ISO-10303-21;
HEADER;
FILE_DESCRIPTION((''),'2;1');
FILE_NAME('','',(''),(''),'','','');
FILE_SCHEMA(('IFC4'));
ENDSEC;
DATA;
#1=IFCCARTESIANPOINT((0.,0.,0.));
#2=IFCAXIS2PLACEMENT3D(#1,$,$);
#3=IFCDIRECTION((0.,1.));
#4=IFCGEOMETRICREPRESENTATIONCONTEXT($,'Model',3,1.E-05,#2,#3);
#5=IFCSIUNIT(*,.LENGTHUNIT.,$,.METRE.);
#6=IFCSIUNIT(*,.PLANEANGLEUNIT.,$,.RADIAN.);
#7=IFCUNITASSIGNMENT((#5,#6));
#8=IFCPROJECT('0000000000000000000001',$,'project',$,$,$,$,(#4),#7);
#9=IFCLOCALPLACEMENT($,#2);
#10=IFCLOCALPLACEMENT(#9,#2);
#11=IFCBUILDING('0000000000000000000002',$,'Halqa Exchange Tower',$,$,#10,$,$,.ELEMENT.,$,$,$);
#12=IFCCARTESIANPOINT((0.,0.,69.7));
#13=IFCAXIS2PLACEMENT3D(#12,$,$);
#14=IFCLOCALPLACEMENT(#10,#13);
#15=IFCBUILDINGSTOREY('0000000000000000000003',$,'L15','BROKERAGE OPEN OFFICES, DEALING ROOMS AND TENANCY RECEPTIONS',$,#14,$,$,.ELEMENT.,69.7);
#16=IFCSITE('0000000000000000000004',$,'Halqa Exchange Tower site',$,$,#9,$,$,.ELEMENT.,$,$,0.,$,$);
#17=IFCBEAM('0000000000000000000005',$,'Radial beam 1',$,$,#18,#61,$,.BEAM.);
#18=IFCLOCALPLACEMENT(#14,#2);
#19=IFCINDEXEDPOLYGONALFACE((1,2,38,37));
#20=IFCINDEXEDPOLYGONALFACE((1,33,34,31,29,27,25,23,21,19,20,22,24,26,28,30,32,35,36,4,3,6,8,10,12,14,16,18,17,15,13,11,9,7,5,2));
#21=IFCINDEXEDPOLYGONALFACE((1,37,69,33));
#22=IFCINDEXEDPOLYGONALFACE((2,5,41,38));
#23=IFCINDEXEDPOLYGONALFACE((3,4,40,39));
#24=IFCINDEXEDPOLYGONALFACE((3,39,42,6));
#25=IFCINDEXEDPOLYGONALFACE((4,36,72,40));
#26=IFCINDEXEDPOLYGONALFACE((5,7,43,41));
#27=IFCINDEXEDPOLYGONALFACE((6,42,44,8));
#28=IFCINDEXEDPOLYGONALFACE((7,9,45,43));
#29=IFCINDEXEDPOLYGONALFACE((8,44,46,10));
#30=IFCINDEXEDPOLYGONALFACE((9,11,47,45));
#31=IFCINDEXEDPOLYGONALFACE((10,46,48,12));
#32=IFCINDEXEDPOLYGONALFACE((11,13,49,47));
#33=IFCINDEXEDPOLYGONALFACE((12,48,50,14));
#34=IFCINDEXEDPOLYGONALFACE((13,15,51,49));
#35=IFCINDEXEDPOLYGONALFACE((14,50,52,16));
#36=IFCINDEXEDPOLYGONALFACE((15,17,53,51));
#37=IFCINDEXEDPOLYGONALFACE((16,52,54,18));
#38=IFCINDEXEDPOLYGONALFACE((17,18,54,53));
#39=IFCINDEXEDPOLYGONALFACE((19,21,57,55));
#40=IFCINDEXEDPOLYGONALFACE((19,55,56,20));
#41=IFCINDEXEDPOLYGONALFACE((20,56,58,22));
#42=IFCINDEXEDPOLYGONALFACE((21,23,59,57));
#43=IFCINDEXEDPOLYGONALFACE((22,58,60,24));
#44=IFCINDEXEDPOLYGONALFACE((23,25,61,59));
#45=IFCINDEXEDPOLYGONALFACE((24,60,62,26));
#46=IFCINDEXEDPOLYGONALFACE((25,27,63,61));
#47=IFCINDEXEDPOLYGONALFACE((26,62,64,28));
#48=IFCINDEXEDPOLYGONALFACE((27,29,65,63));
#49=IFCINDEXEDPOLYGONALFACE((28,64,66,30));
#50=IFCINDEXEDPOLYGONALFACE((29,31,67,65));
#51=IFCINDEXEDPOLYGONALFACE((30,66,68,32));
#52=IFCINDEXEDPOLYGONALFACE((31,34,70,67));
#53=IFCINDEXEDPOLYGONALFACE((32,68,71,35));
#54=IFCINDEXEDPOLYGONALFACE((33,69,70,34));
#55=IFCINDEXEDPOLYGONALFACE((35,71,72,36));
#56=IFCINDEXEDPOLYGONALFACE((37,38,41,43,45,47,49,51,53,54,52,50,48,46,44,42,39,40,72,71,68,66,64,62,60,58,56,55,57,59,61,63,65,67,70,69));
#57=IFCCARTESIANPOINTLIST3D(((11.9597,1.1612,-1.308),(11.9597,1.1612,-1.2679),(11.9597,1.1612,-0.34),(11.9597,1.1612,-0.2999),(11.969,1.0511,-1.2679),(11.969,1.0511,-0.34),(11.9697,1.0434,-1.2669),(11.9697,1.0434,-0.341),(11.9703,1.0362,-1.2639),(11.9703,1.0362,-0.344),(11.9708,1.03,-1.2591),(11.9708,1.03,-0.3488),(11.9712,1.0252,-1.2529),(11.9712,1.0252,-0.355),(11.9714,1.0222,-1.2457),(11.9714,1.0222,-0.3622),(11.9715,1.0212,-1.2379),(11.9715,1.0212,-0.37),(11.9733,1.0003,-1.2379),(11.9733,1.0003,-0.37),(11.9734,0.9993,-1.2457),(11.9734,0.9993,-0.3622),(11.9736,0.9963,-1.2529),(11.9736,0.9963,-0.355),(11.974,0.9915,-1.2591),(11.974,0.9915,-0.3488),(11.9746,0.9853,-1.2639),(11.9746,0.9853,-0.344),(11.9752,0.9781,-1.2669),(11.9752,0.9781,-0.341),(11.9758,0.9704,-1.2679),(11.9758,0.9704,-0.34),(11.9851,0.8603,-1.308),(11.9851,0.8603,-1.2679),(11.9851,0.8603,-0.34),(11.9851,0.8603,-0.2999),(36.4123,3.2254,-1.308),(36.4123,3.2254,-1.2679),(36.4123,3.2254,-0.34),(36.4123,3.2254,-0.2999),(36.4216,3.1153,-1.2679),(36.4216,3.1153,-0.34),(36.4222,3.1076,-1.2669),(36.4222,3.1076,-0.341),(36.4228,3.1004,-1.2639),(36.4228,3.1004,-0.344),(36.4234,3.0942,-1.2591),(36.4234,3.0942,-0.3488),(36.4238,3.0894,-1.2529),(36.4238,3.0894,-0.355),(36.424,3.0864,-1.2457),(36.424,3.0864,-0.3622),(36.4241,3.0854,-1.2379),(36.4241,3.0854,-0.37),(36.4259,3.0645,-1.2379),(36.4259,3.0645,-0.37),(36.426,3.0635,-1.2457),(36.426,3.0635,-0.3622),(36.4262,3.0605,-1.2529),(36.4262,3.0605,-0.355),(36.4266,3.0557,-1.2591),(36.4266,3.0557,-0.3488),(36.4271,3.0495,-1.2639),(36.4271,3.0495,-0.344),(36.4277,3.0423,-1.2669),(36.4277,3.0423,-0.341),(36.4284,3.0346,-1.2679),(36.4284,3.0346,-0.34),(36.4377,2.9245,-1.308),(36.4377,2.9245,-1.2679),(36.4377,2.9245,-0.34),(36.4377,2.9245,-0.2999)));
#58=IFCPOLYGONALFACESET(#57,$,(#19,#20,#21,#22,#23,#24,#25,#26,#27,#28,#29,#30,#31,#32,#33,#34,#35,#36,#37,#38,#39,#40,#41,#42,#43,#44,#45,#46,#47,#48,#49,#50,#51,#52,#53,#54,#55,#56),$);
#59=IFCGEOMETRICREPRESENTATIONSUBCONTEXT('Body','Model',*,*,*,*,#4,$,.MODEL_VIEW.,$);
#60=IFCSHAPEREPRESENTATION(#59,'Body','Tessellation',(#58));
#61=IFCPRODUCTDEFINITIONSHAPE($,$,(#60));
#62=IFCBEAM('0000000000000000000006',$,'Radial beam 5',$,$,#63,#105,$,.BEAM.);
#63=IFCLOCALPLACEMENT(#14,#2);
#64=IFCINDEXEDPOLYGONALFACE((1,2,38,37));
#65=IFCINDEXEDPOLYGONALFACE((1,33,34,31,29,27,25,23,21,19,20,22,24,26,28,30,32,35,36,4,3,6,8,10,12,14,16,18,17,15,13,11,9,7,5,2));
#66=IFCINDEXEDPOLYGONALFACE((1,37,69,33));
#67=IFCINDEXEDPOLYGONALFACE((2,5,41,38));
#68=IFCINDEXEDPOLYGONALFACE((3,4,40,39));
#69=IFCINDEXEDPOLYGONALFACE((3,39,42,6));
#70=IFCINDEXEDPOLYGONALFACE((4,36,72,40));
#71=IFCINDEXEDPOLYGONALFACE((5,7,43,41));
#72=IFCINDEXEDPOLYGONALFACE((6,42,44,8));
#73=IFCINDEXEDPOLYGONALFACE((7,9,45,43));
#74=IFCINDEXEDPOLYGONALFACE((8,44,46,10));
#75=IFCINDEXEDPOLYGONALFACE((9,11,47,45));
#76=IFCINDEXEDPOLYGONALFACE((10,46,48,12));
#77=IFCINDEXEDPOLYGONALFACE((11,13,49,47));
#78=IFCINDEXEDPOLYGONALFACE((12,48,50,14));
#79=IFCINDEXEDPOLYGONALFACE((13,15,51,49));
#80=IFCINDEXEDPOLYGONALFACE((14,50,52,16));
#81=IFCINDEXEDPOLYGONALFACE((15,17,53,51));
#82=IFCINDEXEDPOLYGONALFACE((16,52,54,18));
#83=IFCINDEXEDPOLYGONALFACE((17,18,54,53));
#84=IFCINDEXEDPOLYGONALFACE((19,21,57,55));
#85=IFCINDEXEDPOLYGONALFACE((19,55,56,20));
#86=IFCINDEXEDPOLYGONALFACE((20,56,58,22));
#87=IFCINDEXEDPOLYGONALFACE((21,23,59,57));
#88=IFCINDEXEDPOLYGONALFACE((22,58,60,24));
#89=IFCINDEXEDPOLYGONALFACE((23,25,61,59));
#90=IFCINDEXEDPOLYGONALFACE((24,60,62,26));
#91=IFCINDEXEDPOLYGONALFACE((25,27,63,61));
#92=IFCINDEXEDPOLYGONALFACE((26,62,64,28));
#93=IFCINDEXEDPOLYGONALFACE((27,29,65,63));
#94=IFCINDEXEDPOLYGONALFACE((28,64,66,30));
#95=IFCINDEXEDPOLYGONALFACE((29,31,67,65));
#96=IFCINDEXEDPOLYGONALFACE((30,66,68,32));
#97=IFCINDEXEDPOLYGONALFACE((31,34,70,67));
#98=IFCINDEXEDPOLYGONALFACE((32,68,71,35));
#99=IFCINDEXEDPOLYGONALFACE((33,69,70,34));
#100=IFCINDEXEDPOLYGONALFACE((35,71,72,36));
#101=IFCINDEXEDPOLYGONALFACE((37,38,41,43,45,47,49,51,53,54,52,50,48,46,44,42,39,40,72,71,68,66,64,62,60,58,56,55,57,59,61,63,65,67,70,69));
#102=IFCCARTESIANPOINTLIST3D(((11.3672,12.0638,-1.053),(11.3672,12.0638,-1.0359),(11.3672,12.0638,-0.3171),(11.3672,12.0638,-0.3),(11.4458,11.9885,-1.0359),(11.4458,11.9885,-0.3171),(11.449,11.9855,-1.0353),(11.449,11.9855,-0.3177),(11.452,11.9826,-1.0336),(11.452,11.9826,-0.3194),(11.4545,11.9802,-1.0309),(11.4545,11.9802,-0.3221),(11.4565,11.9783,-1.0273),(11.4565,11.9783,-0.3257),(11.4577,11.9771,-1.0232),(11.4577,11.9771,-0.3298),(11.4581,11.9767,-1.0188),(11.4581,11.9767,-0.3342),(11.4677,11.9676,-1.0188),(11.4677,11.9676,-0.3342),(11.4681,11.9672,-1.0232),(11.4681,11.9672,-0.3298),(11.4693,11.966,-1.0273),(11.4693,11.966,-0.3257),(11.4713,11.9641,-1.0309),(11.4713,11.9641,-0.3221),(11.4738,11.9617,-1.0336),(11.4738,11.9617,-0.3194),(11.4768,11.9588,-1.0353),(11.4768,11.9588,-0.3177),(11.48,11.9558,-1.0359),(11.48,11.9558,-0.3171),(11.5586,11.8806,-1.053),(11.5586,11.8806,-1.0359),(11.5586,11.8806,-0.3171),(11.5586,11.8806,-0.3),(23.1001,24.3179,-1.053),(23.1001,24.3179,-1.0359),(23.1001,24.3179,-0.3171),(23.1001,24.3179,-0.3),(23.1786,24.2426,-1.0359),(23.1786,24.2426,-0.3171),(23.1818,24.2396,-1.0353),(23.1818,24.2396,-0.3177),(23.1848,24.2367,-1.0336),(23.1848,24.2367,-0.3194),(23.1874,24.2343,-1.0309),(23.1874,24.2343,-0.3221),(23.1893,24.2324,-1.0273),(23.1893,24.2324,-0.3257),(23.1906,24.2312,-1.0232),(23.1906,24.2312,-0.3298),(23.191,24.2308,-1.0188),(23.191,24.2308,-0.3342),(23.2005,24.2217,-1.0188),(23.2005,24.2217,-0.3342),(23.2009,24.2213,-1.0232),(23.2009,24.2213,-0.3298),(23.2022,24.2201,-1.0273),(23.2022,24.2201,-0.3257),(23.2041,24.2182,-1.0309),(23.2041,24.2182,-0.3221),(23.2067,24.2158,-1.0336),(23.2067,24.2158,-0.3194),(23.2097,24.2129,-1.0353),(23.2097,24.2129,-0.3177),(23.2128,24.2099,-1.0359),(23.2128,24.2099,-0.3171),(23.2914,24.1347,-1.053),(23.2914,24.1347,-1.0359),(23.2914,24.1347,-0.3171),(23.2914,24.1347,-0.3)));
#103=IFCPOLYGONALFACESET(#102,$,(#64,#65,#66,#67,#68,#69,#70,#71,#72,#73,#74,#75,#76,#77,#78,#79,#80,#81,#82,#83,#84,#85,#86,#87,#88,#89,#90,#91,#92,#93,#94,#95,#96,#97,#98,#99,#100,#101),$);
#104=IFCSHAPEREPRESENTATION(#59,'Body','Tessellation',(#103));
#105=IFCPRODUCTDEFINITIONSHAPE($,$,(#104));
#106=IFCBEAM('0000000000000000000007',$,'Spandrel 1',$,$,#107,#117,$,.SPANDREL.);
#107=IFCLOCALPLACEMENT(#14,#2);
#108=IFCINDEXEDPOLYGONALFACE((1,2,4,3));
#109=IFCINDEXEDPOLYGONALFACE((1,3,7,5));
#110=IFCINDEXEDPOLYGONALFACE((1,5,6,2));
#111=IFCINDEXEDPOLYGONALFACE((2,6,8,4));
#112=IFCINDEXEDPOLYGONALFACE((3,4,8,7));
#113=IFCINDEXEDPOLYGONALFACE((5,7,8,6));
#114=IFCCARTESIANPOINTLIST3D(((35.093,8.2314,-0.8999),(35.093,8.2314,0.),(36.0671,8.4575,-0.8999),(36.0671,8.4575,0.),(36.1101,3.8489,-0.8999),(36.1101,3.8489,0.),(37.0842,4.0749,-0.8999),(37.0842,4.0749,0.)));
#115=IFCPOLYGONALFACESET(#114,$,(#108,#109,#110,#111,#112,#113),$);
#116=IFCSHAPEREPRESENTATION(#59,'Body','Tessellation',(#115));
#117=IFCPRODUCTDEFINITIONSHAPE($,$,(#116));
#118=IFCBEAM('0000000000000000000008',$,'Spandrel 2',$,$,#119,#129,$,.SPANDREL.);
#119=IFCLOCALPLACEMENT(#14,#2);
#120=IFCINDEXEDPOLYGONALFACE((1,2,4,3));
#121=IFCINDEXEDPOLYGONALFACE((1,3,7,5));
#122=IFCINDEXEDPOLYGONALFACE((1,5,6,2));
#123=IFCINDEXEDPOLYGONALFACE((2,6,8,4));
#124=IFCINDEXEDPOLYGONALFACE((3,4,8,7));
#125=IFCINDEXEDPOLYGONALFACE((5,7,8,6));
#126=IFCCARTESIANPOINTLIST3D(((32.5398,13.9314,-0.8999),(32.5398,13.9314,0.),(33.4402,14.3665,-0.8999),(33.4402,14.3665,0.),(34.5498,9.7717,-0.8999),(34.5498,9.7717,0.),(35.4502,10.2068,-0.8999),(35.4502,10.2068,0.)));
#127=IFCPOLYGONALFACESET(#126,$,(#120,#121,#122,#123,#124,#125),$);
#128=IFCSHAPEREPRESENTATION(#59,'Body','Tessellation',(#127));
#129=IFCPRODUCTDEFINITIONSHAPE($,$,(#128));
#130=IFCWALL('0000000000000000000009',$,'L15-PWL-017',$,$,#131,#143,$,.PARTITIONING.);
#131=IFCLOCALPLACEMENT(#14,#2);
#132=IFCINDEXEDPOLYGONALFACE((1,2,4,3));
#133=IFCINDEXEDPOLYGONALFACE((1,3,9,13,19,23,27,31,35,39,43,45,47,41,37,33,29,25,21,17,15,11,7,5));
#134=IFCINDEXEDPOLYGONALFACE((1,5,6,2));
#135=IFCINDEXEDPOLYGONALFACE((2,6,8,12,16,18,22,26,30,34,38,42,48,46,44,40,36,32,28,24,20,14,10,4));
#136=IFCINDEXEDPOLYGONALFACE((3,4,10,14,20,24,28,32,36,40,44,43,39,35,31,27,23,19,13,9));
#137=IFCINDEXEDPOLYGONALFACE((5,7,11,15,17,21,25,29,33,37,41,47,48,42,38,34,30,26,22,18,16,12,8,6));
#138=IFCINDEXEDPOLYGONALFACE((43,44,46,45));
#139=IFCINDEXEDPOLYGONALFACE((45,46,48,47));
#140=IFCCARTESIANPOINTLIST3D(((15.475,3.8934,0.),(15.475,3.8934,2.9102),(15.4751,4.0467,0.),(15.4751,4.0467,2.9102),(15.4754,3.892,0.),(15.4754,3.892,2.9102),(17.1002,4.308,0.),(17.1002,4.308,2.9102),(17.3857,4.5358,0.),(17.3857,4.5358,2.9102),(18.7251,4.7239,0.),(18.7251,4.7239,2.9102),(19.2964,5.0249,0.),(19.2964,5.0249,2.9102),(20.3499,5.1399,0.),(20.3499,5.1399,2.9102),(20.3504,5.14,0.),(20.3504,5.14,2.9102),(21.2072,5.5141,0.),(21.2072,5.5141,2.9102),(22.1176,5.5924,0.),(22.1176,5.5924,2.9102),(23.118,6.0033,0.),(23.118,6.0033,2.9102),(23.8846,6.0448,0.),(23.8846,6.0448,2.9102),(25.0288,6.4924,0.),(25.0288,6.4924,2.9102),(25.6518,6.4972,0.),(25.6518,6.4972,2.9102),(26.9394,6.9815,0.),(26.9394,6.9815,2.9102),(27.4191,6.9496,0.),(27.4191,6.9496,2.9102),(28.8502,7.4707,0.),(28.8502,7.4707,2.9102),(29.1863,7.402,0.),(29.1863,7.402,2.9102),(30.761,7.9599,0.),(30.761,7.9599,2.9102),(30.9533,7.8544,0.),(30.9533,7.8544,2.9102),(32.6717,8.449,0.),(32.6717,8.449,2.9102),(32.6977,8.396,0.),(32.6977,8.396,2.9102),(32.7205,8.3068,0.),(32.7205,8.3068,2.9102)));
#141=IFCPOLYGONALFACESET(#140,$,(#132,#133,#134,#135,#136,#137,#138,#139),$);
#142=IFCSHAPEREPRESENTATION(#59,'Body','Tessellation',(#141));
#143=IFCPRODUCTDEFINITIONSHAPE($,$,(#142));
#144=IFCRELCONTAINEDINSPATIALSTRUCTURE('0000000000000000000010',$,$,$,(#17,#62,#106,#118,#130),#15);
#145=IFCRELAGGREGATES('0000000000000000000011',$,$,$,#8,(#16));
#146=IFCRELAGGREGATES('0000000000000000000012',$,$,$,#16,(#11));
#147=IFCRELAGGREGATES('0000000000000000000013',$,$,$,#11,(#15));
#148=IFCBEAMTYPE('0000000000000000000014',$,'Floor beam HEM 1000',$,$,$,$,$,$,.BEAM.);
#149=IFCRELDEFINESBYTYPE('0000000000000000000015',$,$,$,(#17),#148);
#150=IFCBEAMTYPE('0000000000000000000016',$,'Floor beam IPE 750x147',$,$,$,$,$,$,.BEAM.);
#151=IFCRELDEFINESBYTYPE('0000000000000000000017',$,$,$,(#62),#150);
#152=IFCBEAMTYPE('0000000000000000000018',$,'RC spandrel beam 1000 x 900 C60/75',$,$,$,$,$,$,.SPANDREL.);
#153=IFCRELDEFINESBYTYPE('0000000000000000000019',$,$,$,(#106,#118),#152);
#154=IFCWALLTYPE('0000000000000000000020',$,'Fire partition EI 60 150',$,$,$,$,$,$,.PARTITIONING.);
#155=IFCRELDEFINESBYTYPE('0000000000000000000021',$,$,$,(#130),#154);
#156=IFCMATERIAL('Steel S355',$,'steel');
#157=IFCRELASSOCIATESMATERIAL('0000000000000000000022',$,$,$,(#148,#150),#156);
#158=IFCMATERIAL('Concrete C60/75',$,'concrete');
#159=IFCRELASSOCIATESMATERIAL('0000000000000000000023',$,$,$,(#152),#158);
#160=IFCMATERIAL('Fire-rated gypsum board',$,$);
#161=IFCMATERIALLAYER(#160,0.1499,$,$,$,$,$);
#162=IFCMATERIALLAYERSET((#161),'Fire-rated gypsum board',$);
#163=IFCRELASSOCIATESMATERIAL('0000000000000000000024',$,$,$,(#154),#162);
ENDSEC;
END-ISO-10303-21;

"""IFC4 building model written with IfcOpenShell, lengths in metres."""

from ifc_helpers import new_model, si_unit, direction, frame, origin, origin_2d, place, context, subcontext, project, spatial, polyline, rectangle, i_section, outline, extrude, material, layer, layer_set, material_profile, profile_set, type_object, element, save


model = new_model("IFC4")

# Units and contexts
model_context = context("Model", 3, precision=1e-05, world=origin(), true_north=direction((0.0, 1.0)))
body_context = subcontext(model_context, "Body", "Model", "MODEL_VIEW")
ifc_project = project(units=[si_unit("LENGTHUNIT", "METRE"), si_unit("PLANEANGLEUNIT", "RADIAN")], contexts=[model_context])

# Site, building, storey
site_placement = place(None, origin())
site = spatial("IfcSite", under=ifc_project, at=site_placement, Name="Halqa Exchange Tower site", CompositionType="ELEMENT", RefElevation=0.0)
building_placement = place(site_placement, origin())
building = spatial("IfcBuilding", under=site, at=building_placement, Name="Halqa Exchange Tower", CompositionType="ELEMENT")
storey_placement = place(building_placement, frame((0.0, 0.0, 69.7)))
storey = spatial("IfcBuildingStorey", under=building, at=storey_placement, Name="L15", Description="BROKERAGE OPEN OFFICES, DEALING ROOMS AND TENANCY RECEPTIONS", CompositionType="ELEMENT", Elevation=69.7)

# Beams
ifc_material_1 = material(Name="Steel S355", Category="steel")
ifc_material_profile_1 = material_profile(ifc_material_1, i_section(OverallWidth=0.302, OverallDepth=1.0081, WebThickness=0.021, FlangeThickness=0.04, FilletRadius=0.03, at=origin_2d()), Name="HEM 1000")
ifc_profile_set_1 = profile_set([ifc_material_profile_1], Name="Steel S355")
beam_type_1 = type_object("IfcBeamType", Name="Floor beam HEM 1000", PredefinedType="BEAM", material=ifc_profile_set_1)
beam_1_placement = place(storey_placement, frame((11.9724, 1.0107, -0.804), z_axis=(0.996456, 0.084117, 0.0), x_axis=(-0.084117, 0.996456, 0.0)))
element("IfcBeam", 1, at=beam_1_placement, inside=storey, type_object=beam_type_1, Name="Radial beam 1", PredefinedType="BEAM", context=body_context, shape_type="SweptSolid", body=[
    extrude(i_section(OverallWidth=0.302, OverallDepth=1.0081, WebThickness=0.021, FlangeThickness=0.04, FilletRadius=0.03, at=origin_2d()), origin(), (0.0, 0.0, 1.0), 24.5396),
])
ifc_material_profile_2 = material_profile(ifc_material_1, i_section(OverallWidth=0.2649, OverallDepth=0.7529, WebThickness=0.0132, FlangeThickness=0.0171, FilletRadius=0.0171, at=origin_2d()), Name="IPE 750x147")
ifc_profile_set_2 = profile_set([ifc_material_profile_2], Name="Steel S355")
beam_type_2 = type_object("IfcBeamType", Name="Floor beam IPE 750x147", PredefinedType="BEAM", material=ifc_profile_set_2)
beam_2_placement = place(storey_placement, frame((11.4629, 11.9722, -0.6765), z_axis=(0.691578, 0.722302, 0.0), x_axis=(-0.722302, 0.691578, 0.0)))
element("IfcBeam", 2, at=beam_2_placement, inside=storey, type_object=beam_type_2, Name="Radial beam 5", PredefinedType="BEAM", context=body_context, shape_type="SweptSolid", body=[
    extrude(i_section(OverallWidth=0.2649, OverallDepth=0.7529, WebThickness=0.0132, FlangeThickness=0.0171, FilletRadius=0.0171, at=origin_2d()), origin(), (0.0, 0.0, 1.0), 16.9653),
])
ifc_material_2 = material(Name="Concrete C60/75", Category="concrete")
ifc_material_profile_3 = material_profile(ifc_material_2, rectangle(XDim=1.0, YDim=0.8999, at=origin_2d()), Name="1000 x 900")
ifc_profile_set_3 = profile_set([ifc_material_profile_3], Name="Concrete C60/75")
beam_type_3 = type_object("IfcBeamType", Name="RC spandrel beam 1000 x 900 C60/75", PredefinedType="SPANDREL", material=ifc_profile_set_3)
beam_3_placement = place(storey_placement, frame((36.5972, 3.9619, -0.45), z_axis=(-0.226068, 0.974111, 0.0), x_axis=(-0.974111, -0.226068, 0.0)))
element("IfcBeam", 3, at=beam_3_placement, inside=storey, type_object=beam_type_3, Name="Spandrel 1", PredefinedType="SPANDREL", context=body_context, shape_type="SweptSolid", body=[
    extrude(rectangle(XDim=1.0, YDim=0.8999, at=origin_2d()), origin(), (0.0, 0.0, 1.0), 4.499),
])
beam_4_placement = place(storey_placement, frame((35.0, 9.9893, -0.45), z_axis=(-0.435082, 0.900391, 0.0), x_axis=(-0.900391, -0.435082, 0.0)))
element("IfcBeam", 4, at=beam_4_placement, inside=storey, type_object=beam_type_3, Name="Spandrel 2", PredefinedType="SPANDREL", context=body_context, shape_type="SweptSolid", body=[
    extrude(rectangle(XDim=1.0, YDim=0.8999, at=origin_2d()), origin(), (0.0, 0.0, 1.0), 4.6199),
])

# Wall
ifc_material_3 = material(Name="Fire-rated gypsum board")
ifc_layer_1 = layer(ifc_material_3, 0.1499)
ifc_layer_set_1 = layer_set([ifc_layer_1], Name="Fire-rated gypsum board")
wall_type_1 = type_object("IfcWallType", Name="Fire partition EI 60 150", PredefinedType="PARTITIONING", material=ifc_layer_set_1)
wall_1_placement = place(storey_placement, frame((15.4568, 3.9646, 0.0), z_axis=(0.0, 0.0, 1.0), x_axis=(0.968759, 0.248005, 0.0)))
element("IfcWall", 5, at=wall_1_placement, inside=storey, type_object=wall_type_1, Name="L15-PWL-017", PredefinedType="PARTITIONING", context=body_context, shape_type="SweptSolid", body=[
    extrude(outline(polyline([(0.0, -0.075), (1.6772, -0.075), (3.3545, -0.075), (5.0317, -0.075), (5.0317, -0.075), (5.0322, -0.075), (6.8564, -0.075), (8.6804, -0.075), (10.5046, -0.075), (12.3289, -0.075), (14.1531, -0.075), (15.9771, -0.075), (17.8013, -0.075), (17.8013, 0.0171), (17.7893, 0.075), (15.8169, 0.075), (13.8445, 0.075), (11.8721, 0.075), (9.8999, 0.075), (7.9275, 0.075), (5.9551, 0.075), (3.9827, 0.075), (2.0103, 0.075), (0.0381, 0.075), (0.0, -0.0735), (0.0, -0.075)])), origin(), (0.0, 0.0, 1.0), 2.9102),
])

save(model, "model.ifc")
